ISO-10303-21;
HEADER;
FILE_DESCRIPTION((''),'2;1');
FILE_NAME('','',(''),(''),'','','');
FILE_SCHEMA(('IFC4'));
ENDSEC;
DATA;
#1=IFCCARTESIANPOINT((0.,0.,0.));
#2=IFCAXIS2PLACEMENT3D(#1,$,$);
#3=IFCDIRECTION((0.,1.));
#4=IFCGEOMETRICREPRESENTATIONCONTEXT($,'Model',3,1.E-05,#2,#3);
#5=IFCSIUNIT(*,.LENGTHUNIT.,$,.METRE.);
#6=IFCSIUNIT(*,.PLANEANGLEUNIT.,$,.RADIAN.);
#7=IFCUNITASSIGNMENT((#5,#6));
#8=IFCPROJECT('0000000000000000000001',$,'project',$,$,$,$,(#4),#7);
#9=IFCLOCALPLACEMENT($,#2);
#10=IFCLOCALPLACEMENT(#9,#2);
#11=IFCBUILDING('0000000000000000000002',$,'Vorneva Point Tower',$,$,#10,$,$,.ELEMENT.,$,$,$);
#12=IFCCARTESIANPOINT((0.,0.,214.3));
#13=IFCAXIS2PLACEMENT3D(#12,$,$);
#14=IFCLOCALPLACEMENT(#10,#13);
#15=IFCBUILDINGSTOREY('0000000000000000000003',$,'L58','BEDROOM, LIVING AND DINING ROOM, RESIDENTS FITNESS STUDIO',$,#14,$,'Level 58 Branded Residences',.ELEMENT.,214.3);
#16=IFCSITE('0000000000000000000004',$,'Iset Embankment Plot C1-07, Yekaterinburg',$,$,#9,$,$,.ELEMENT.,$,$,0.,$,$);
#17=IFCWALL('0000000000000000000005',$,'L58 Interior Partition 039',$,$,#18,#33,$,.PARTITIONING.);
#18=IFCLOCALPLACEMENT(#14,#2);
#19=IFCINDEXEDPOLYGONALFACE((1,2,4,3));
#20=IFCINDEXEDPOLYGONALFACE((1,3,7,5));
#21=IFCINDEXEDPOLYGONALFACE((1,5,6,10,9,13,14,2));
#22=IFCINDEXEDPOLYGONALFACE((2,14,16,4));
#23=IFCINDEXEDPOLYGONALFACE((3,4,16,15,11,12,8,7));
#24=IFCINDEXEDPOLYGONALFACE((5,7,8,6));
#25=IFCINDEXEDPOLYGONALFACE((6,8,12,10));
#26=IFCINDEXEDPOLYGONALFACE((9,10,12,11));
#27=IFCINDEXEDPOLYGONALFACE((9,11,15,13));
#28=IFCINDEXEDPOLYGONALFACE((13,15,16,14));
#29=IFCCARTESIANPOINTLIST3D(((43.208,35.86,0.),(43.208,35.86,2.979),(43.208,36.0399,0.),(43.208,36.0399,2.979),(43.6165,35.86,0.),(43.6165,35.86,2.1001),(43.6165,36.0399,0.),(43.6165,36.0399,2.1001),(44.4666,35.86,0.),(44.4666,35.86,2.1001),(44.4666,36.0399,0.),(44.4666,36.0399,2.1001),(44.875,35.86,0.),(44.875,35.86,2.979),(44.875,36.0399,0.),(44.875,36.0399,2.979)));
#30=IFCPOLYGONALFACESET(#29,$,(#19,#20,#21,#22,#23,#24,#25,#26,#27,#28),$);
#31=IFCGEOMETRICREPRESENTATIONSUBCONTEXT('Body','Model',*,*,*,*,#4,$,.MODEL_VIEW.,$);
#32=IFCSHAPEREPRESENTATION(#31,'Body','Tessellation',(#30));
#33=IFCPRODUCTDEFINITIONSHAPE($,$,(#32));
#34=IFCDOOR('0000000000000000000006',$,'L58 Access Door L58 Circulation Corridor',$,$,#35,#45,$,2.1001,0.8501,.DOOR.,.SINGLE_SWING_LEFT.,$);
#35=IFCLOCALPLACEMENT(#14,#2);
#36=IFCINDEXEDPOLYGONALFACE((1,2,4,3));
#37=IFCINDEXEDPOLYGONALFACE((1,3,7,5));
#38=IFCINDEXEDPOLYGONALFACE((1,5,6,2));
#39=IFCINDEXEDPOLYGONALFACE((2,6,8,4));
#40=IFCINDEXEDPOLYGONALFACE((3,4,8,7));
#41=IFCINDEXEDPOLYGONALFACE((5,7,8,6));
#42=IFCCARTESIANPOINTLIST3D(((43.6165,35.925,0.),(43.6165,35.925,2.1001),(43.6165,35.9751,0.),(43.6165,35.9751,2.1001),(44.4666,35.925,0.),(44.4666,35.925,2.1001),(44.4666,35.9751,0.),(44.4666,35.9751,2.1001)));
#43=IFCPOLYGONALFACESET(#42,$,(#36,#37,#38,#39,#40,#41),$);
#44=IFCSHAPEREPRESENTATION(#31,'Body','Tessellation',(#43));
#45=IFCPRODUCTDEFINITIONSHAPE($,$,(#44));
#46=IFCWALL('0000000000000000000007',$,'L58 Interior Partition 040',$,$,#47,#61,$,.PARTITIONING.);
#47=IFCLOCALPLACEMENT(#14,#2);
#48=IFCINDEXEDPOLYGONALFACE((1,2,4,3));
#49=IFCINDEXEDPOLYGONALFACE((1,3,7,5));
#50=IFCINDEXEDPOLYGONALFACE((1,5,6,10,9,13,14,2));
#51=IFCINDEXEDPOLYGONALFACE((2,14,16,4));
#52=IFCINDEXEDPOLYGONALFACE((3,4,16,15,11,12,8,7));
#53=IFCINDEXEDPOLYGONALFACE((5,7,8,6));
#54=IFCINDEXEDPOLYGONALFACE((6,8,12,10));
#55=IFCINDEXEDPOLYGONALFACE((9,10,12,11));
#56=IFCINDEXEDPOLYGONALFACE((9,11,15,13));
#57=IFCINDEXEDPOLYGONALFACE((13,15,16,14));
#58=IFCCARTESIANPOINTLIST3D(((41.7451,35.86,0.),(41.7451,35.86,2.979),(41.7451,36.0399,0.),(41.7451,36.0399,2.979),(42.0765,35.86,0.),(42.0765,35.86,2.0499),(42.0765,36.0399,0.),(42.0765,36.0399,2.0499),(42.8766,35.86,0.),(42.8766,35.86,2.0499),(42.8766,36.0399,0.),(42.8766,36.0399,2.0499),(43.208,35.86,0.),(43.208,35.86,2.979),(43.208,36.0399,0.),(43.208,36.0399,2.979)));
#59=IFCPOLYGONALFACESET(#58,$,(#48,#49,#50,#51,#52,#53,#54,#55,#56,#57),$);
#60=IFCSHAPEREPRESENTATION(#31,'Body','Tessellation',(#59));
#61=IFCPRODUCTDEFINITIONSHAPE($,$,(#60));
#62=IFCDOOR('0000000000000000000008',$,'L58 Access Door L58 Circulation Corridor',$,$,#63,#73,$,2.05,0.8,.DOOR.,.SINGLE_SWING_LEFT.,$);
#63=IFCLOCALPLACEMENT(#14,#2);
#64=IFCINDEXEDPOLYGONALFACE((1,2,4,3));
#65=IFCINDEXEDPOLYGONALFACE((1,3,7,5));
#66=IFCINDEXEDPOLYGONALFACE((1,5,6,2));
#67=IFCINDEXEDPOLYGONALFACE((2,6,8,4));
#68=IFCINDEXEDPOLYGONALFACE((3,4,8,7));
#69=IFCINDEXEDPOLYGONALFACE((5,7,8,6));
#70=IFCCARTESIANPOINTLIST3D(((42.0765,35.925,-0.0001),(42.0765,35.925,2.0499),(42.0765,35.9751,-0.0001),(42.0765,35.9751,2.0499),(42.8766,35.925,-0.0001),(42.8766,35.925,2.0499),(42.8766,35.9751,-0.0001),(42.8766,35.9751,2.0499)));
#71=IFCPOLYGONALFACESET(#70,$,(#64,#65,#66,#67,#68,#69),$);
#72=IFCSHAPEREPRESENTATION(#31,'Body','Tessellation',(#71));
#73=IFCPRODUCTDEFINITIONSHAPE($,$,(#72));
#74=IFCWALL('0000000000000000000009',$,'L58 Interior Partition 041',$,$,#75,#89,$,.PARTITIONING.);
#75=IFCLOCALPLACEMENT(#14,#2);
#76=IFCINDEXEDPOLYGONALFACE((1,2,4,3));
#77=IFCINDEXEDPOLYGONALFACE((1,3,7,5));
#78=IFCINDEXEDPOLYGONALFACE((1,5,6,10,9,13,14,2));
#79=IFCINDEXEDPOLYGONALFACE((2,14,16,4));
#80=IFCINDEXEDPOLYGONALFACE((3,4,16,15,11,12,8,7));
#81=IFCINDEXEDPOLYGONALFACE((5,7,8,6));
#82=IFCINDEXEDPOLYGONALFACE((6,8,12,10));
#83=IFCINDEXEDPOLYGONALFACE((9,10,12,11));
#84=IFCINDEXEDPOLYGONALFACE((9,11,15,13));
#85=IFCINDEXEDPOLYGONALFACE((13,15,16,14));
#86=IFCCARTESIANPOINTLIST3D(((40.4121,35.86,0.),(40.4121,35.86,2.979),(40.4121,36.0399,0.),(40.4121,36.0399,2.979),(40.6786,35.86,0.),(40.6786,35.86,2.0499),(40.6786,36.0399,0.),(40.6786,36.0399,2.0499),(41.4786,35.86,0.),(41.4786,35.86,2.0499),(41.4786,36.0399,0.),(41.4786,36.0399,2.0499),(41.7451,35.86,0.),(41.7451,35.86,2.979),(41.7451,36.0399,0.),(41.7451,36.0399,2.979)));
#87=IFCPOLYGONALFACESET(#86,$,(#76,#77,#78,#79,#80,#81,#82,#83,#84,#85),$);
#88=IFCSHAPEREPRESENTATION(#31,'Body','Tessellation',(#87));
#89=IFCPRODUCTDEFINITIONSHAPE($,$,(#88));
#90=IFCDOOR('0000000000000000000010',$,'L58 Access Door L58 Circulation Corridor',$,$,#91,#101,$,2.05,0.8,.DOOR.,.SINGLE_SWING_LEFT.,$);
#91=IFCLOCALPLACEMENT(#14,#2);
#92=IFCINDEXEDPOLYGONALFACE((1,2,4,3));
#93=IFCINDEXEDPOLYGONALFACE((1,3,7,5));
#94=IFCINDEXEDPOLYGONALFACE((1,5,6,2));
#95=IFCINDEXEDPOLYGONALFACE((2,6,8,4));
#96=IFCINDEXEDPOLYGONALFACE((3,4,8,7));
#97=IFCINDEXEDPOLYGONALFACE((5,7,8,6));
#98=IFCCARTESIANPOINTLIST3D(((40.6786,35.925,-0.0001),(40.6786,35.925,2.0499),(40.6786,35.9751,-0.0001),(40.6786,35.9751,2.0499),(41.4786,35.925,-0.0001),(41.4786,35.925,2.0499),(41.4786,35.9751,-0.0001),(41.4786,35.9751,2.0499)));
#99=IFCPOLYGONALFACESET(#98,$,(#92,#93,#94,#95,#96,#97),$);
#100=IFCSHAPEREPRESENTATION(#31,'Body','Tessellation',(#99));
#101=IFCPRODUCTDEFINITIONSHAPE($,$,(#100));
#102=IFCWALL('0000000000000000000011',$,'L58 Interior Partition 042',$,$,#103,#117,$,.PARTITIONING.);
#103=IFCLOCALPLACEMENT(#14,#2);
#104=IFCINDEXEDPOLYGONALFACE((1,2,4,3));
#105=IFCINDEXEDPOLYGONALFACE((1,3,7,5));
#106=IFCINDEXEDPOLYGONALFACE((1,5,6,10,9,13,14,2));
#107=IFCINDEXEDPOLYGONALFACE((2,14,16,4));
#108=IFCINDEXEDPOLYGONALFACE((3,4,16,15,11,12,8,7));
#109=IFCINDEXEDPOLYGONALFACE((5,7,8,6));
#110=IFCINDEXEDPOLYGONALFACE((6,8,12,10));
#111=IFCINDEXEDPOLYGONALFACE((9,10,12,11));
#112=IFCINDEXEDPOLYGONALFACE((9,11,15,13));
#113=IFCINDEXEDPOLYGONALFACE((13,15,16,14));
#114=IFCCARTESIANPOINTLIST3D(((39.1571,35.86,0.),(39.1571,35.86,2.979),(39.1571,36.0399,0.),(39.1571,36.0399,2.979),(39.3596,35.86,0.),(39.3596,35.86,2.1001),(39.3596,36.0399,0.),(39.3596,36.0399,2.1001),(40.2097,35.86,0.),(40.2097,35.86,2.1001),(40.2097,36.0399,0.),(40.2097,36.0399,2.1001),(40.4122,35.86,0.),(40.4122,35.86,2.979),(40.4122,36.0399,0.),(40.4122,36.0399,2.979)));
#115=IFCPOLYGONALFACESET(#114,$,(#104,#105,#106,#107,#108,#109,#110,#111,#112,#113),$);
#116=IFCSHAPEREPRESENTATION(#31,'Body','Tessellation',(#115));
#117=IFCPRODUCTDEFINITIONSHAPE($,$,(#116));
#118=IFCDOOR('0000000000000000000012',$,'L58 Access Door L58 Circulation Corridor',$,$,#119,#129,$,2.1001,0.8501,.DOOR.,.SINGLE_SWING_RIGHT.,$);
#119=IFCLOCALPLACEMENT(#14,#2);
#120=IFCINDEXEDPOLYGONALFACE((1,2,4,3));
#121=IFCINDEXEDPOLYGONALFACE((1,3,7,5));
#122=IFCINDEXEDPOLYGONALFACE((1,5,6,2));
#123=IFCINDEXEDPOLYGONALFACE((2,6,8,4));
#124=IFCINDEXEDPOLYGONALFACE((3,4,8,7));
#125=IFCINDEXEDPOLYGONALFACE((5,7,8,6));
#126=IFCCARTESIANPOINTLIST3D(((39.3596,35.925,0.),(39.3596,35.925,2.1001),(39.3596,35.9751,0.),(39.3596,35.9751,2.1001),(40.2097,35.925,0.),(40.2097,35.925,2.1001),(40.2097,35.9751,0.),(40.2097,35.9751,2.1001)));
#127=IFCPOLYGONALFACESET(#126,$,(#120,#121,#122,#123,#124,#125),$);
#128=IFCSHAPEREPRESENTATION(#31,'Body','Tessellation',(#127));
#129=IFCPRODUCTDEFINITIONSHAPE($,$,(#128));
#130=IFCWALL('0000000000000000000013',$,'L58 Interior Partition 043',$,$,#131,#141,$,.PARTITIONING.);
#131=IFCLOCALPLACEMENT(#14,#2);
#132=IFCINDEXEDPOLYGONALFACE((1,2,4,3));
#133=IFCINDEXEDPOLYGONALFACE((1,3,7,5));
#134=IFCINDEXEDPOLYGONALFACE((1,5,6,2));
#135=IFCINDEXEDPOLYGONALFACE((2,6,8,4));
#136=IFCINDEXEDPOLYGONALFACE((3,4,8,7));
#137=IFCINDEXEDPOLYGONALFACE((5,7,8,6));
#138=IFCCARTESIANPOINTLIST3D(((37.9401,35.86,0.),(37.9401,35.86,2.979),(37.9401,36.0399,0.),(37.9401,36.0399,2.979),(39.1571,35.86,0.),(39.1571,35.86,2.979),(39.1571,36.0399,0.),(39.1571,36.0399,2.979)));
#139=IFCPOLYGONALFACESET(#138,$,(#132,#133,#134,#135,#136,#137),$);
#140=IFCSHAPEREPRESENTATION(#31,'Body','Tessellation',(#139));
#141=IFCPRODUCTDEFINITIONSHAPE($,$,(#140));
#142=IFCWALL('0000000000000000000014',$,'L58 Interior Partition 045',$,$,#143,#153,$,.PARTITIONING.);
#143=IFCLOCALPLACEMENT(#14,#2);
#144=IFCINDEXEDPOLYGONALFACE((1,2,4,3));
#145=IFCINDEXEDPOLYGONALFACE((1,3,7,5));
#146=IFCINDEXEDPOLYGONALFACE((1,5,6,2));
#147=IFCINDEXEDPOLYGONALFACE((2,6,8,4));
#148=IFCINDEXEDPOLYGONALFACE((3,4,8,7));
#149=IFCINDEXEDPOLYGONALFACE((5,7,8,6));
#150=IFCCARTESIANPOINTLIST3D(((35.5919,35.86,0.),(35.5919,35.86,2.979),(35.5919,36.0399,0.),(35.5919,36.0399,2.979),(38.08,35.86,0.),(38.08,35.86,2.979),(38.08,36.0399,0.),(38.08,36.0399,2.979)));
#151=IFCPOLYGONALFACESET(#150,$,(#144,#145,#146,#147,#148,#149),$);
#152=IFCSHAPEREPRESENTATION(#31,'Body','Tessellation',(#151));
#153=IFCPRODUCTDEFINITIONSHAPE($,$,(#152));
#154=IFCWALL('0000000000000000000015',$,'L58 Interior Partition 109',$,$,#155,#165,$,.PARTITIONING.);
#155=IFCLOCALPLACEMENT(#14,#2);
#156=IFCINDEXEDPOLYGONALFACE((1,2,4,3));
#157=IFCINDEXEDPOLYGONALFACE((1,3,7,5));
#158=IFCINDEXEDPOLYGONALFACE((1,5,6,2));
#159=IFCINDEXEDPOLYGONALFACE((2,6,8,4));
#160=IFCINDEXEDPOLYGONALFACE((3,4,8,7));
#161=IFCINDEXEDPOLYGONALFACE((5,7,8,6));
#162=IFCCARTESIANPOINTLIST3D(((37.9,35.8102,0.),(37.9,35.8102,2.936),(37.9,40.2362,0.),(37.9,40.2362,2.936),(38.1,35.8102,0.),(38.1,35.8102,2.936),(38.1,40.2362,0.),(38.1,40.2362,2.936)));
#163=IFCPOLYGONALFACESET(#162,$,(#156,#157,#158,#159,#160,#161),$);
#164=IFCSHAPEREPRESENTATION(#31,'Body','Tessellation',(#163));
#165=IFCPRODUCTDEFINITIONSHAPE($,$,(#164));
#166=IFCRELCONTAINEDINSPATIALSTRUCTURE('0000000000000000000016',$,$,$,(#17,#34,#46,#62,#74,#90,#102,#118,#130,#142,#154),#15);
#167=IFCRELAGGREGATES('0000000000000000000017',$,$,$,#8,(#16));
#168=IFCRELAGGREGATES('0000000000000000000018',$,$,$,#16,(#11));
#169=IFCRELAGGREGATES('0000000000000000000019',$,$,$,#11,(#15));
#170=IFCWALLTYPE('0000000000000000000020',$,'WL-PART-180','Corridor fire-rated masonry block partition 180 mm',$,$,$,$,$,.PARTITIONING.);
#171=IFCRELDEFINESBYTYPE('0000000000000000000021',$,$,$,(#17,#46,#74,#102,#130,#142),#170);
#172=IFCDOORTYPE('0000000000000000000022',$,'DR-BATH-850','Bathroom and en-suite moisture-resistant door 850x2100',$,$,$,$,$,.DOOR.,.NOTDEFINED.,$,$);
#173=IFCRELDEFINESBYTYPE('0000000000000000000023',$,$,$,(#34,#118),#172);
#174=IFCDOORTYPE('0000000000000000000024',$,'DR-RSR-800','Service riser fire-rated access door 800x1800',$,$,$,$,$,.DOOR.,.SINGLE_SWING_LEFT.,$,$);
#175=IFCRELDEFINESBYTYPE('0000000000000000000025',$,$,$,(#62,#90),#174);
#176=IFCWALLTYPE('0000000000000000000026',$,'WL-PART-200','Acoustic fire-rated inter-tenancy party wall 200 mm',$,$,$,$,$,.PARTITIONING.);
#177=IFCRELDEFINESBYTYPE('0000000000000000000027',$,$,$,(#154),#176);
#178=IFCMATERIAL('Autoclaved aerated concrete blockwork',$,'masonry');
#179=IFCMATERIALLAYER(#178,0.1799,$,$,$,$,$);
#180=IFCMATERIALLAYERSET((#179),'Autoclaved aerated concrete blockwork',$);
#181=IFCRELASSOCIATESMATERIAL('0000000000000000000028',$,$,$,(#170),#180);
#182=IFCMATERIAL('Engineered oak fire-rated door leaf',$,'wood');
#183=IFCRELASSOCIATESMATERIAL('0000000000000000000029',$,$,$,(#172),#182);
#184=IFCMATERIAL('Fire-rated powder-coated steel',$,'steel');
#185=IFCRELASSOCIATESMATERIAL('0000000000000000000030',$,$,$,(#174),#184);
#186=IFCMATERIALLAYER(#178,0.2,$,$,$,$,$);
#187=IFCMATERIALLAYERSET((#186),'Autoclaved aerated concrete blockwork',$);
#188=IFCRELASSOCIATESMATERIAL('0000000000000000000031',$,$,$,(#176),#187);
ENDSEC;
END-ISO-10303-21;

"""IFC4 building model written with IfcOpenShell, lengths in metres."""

from ifc_helpers import new_model, si_unit, direction, frame, frame_2d, origin, place, context, subcontext, project, spatial, rectangle, extrude, material, layer, layer_set, type_object, element, fill, save


model = new_model("IFC4")

# Units and contexts
model_context = context("Model", 3, precision=1e-05, world=origin(), true_north=direction((0.0, 1.0)))
body_context = subcontext(model_context, "Body", "Model", "MODEL_VIEW")
ifc_project = project(units=[si_unit("LENGTHUNIT", "METRE"), si_unit("PLANEANGLEUNIT", "RADIAN")], contexts=[model_context])

# Site, building, storey
site_placement = place(None, origin())
site = spatial("IfcSite", under=ifc_project, at=site_placement, Name="Iset Embankment Plot C1-07, Yekaterinburg", CompositionType="ELEMENT", RefElevation=0.0)
building_placement = place(site_placement, origin())
building = spatial("IfcBuilding", under=site, at=building_placement, Name="Vorneva Point Tower", CompositionType="ELEMENT")
storey_placement = place(building_placement, frame((0.0, 0.0, 214.3)))
storey = spatial("IfcBuildingStorey", under=building, at=storey_placement, Name="L58", Description="BEDROOM, LIVING AND DINING ROOM, RESIDENTS FITNESS STUDIO", LongName="Level 58 Branded Residences", CompositionType="ELEMENT", Elevation=214.3)

# Walls, openings, doors
ifc_material_1 = material(Name="Autoclaved aerated concrete blockwork", Category="masonry")
ifc_layer_1 = layer(ifc_material_1, 0.1799)
ifc_layer_set_1 = layer_set([ifc_layer_1], Name="Autoclaved aerated concrete blockwork")
wall_type_1 = type_object("IfcWallType", Name="WL-PART-180", Description="Corridor fire-rated masonry block partition 180 mm", PredefinedType="PARTITIONING", material=ifc_layer_set_1)
ifc_material_2 = material(Name="Engineered oak fire-rated door leaf", Category="wood")
door_type_1 = type_object("IfcDoorType", Name="DR-BATH-850", Description="Bathroom and en-suite moisture-resistant door 850x2100", OperationType="NOTDEFINED", PredefinedType="DOOR", material=ifc_material_2)
wall_1_placement = place(storey_placement, frame((44.875, 35.95, 0.0), z_axis=(0.0, 0.0, 1.0), x_axis=(-1.0, 0.0, 0.0)))
wall_1 = element("IfcWall", 1, at=wall_1_placement, inside=storey, type_object=wall_type_1, Name="L58 Interior Partition 039", PredefinedType="PARTITIONING", context=body_context, shape_type="SweptSolid", body=[
    extrude(rectangle(XDim=1.667, YDim=0.1799, at=frame_2d((0.8335, 0.0))), origin(), (0.0, 0.0, 1.0), 2.979),
])
opening_1_placement = place(wall_1_placement, frame((0.4084, 0.0, 0.0)))
opening_1 = element("IfcOpeningElement", 2, at=opening_1_placement, cuts=wall_1, PredefinedType="OPENING", context=body_context, shape_type="SweptSolid", body=[
    extrude(rectangle(XDim=0.8501, YDim=2.1001, at=frame_2d((0.425, 1.05))), frame((0.0, 0.105, 0.0), z_axis=(0.0, -1.0, 0.0), x_axis=(1.0, 0.0, 0.0)), (0.0, 0.0, 1.0), 0.2097),
])
door_1_placement = place(opening_1_placement, origin())
door_1 = element("IfcDoor", 3, at=door_1_placement, inside=storey, type_object=door_type_1, Name="L58 Access Door L58 Circulation Corridor", OperationType="SINGLE_SWING_LEFT", OverallHeight=2.1001, OverallWidth=0.8501, PredefinedType="DOOR", context=body_context, shape_type="SweptSolid", body=[
    extrude(rectangle(XDim=0.8501, YDim=2.1001, at=frame_2d((0.425, 1.05))), frame((0.0, 0.0249, 0.0), z_axis=(0.0, -1.0, 0.0), x_axis=(1.0, 0.0, 0.0)), (0.0, 0.0, 1.0), 0.05),
])
fill(opening_1, door_1)
wall_2_placement = place(storey_placement, frame((43.208, 35.95, 0.0), z_axis=(0.0, 0.0, 1.0), x_axis=(-1.0, 0.0, 0.0)))
wall_2 = element("IfcWall", 4, at=wall_2_placement, inside=storey, type_object=wall_type_1, Name="L58 Interior Partition 040", PredefinedType="PARTITIONING", context=body_context, shape_type="SweptSolid", body=[
    extrude(rectangle(XDim=1.4629, YDim=0.1799, at=frame_2d((0.7314, 0.0))), origin(), (0.0, 0.0, 1.0), 2.979),
])
opening_2_placement = place(wall_2_placement, frame((0.3315, 0.0, 0.0)))
opening_2 = element("IfcOpeningElement", 5, at=opening_2_placement, cuts=wall_2, PredefinedType="OPENING", context=body_context, shape_type="SweptSolid", body=[
    extrude(rectangle(XDim=0.8, YDim=2.05, at=frame_2d((0.3999, 1.0249))), frame((0.0, 0.105, 0.0), z_axis=(0.0, -1.0, 0.0), x_axis=(1.0, 0.0, 0.0)), (0.0, 0.0, 1.0), 0.2097),
])
ifc_material_3 = material(Name="Fire-rated powder-coated steel", Category="steel")
door_type_2 = type_object("IfcDoorType", Name="DR-RSR-800", Description="Service riser fire-rated access door 800x1800", OperationType="SINGLE_SWING_LEFT", PredefinedType="DOOR", material=ifc_material_3)
door_2_placement = place(opening_2_placement, origin())
door_2 = element("IfcDoor", 6, at=door_2_placement, inside=storey, type_object=door_type_2, Name="L58 Access Door L58 Circulation Corridor", OperationType="SINGLE_SWING_LEFT", OverallHeight=2.05, OverallWidth=0.8, PredefinedType="DOOR", context=body_context, shape_type="SweptSolid", body=[
    extrude(rectangle(XDim=0.8, YDim=2.05, at=frame_2d((0.3999, 1.0249))), frame((0.0, 0.0249, 0.0), z_axis=(0.0, -1.0, 0.0), x_axis=(1.0, 0.0, 0.0)), (0.0, 0.0, 1.0), 0.05),
])
fill(opening_2, door_2)
wall_3_placement = place(storey_placement, frame((41.7451, 35.95, 0.0), z_axis=(0.0, 0.0, 1.0), x_axis=(-1.0, 0.0, 0.0)))
wall_3 = element("IfcWall", 7, at=wall_3_placement, inside=storey, type_object=wall_type_1, Name="L58 Interior Partition 041", PredefinedType="PARTITIONING", context=body_context, shape_type="SweptSolid", body=[
    extrude(rectangle(XDim=1.333, YDim=0.1799, at=frame_2d((0.6665, 0.0))), origin(), (0.0, 0.0, 1.0), 2.979),
])
opening_3_placement = place(wall_3_placement, frame((0.2666, 0.0, 0.0)))
opening_3 = element("IfcOpeningElement", 8, at=opening_3_placement, cuts=wall_3, PredefinedType="OPENING", context=body_context, shape_type="SweptSolid", body=[
    extrude(rectangle(XDim=0.8, YDim=2.05, at=frame_2d((0.3999, 1.0249))), frame((0.0, 0.105, 0.0), z_axis=(0.0, -1.0, 0.0), x_axis=(1.0, 0.0, 0.0)), (0.0, 0.0, 1.0), 0.2097),
])
door_3_placement = place(opening_3_placement, origin())
door_3 = element("IfcDoor", 9, at=door_3_placement, inside=storey, type_object=door_type_2, Name="L58 Access Door L58 Circulation Corridor", OperationType="SINGLE_SWING_LEFT", OverallHeight=2.05, OverallWidth=0.8, PredefinedType="DOOR", context=body_context, shape_type="SweptSolid", body=[
    extrude(rectangle(XDim=0.8, YDim=2.05, at=frame_2d((0.3999, 1.0249))), frame((0.0, 0.0249, 0.0), z_axis=(0.0, -1.0, 0.0), x_axis=(1.0, 0.0, 0.0)), (0.0, 0.0, 1.0), 0.05),
])
fill(opening_3, door_3)
wall_4_placement = place(storey_placement, frame((40.4121, 35.95, 0.0), z_axis=(0.0, 0.0, 1.0), x_axis=(-1.0, 0.0, 0.0)))
wall_4 = element("IfcWall", 10, at=wall_4_placement, inside=storey, type_object=wall_type_1, Name="L58 Interior Partition 042", PredefinedType="PARTITIONING", context=body_context, shape_type="SweptSolid", body=[
    extrude(rectangle(XDim=1.2551, YDim=0.1799, at=frame_2d((0.6274, 0.0))), origin(), (0.0, 0.0, 1.0), 2.979),
])
opening_4_placement = place(wall_4_placement, frame((0.2024, 0.0, 0.0)))
opening_4 = element("IfcOpeningElement", 11, at=opening_4_placement, cuts=wall_4, PredefinedType="OPENING", context=body_context, shape_type="SweptSolid", body=[
    extrude(rectangle(XDim=0.8501, YDim=2.1001, at=frame_2d((0.425, 1.05))), frame((0.0, 0.105, 0.0), z_axis=(0.0, -1.0, 0.0), x_axis=(1.0, 0.0, 0.0)), (0.0, 0.0, 1.0), 0.2097),
])
door_4_placement = place(opening_4_placement, origin())
door_4 = element("IfcDoor", 12, at=door_4_placement, inside=storey, type_object=door_type_1, Name="L58 Access Door L58 Circulation Corridor", OperationType="SINGLE_SWING_RIGHT", OverallHeight=2.1001, OverallWidth=0.8501, PredefinedType="DOOR", context=body_context, shape_type="SweptSolid", body=[
    extrude(rectangle(XDim=0.8501, YDim=2.1001, at=frame_2d((0.425, 1.05))), frame((0.0, 0.0249, 0.0), z_axis=(0.0, -1.0, 0.0), x_axis=(1.0, 0.0, 0.0)), (0.0, 0.0, 1.0), 0.05),
])
fill(opening_4, door_4)

# Walls
wall_5_placement = place(storey_placement, frame((39.157, 35.95, 0.0), z_axis=(0.0, 0.0, 1.0), x_axis=(-1.0, 0.0, 0.0)))
element("IfcWall", 13, at=wall_5_placement, inside=storey, type_object=wall_type_1, Name="L58 Interior Partition 043", PredefinedType="PARTITIONING", context=body_context, shape_type="SweptSolid", body=[
    extrude(rectangle(XDim=1.217, YDim=0.1799, at=frame_2d((0.6084, 0.0))), origin(), (0.0, 0.0, 1.0), 2.979),
])
wall_6_placement = place(storey_placement, frame((38.0801, 35.95, 0.0), z_axis=(0.0, 0.0, 1.0), x_axis=(-1.0, 0.0, 0.0)))
element("IfcWall", 14, at=wall_6_placement, inside=storey, type_object=wall_type_1, Name="L58 Interior Partition 045", PredefinedType="PARTITIONING", context=body_context, shape_type="SweptSolid", body=[
    extrude(rectangle(XDim=2.488, YDim=0.1799, at=frame_2d((1.2441, 0.0))), origin(), (0.0, 0.0, 1.0), 2.979),
])
ifc_layer_2 = layer(ifc_material_1, 0.2)
ifc_layer_set_2 = layer_set([ifc_layer_2], Name="Autoclaved aerated concrete blockwork")
wall_type_2 = type_object("IfcWallType", Name="WL-PART-200", Description="Acoustic fire-rated inter-tenancy party wall 200 mm", PredefinedType="PARTITIONING", material=ifc_layer_set_2)
wall_7_placement = place(storey_placement, frame((38.0, 40.2361, 0.0), z_axis=(0.0, 0.0, 1.0), x_axis=(0.0, -1.0, 0.0)))
element("IfcWall", 15, at=wall_7_placement, inside=storey, type_object=wall_type_2, Name="L58 Interior Partition 109", PredefinedType="PARTITIONING", context=body_context, shape_type="SweptSolid", body=[
    extrude(rectangle(XDim=4.426, YDim=0.2, at=frame_2d((2.2129, 0.0))), origin(), (0.0, 0.0, 1.0), 2.936),
])

save(model, "model.ifc")
